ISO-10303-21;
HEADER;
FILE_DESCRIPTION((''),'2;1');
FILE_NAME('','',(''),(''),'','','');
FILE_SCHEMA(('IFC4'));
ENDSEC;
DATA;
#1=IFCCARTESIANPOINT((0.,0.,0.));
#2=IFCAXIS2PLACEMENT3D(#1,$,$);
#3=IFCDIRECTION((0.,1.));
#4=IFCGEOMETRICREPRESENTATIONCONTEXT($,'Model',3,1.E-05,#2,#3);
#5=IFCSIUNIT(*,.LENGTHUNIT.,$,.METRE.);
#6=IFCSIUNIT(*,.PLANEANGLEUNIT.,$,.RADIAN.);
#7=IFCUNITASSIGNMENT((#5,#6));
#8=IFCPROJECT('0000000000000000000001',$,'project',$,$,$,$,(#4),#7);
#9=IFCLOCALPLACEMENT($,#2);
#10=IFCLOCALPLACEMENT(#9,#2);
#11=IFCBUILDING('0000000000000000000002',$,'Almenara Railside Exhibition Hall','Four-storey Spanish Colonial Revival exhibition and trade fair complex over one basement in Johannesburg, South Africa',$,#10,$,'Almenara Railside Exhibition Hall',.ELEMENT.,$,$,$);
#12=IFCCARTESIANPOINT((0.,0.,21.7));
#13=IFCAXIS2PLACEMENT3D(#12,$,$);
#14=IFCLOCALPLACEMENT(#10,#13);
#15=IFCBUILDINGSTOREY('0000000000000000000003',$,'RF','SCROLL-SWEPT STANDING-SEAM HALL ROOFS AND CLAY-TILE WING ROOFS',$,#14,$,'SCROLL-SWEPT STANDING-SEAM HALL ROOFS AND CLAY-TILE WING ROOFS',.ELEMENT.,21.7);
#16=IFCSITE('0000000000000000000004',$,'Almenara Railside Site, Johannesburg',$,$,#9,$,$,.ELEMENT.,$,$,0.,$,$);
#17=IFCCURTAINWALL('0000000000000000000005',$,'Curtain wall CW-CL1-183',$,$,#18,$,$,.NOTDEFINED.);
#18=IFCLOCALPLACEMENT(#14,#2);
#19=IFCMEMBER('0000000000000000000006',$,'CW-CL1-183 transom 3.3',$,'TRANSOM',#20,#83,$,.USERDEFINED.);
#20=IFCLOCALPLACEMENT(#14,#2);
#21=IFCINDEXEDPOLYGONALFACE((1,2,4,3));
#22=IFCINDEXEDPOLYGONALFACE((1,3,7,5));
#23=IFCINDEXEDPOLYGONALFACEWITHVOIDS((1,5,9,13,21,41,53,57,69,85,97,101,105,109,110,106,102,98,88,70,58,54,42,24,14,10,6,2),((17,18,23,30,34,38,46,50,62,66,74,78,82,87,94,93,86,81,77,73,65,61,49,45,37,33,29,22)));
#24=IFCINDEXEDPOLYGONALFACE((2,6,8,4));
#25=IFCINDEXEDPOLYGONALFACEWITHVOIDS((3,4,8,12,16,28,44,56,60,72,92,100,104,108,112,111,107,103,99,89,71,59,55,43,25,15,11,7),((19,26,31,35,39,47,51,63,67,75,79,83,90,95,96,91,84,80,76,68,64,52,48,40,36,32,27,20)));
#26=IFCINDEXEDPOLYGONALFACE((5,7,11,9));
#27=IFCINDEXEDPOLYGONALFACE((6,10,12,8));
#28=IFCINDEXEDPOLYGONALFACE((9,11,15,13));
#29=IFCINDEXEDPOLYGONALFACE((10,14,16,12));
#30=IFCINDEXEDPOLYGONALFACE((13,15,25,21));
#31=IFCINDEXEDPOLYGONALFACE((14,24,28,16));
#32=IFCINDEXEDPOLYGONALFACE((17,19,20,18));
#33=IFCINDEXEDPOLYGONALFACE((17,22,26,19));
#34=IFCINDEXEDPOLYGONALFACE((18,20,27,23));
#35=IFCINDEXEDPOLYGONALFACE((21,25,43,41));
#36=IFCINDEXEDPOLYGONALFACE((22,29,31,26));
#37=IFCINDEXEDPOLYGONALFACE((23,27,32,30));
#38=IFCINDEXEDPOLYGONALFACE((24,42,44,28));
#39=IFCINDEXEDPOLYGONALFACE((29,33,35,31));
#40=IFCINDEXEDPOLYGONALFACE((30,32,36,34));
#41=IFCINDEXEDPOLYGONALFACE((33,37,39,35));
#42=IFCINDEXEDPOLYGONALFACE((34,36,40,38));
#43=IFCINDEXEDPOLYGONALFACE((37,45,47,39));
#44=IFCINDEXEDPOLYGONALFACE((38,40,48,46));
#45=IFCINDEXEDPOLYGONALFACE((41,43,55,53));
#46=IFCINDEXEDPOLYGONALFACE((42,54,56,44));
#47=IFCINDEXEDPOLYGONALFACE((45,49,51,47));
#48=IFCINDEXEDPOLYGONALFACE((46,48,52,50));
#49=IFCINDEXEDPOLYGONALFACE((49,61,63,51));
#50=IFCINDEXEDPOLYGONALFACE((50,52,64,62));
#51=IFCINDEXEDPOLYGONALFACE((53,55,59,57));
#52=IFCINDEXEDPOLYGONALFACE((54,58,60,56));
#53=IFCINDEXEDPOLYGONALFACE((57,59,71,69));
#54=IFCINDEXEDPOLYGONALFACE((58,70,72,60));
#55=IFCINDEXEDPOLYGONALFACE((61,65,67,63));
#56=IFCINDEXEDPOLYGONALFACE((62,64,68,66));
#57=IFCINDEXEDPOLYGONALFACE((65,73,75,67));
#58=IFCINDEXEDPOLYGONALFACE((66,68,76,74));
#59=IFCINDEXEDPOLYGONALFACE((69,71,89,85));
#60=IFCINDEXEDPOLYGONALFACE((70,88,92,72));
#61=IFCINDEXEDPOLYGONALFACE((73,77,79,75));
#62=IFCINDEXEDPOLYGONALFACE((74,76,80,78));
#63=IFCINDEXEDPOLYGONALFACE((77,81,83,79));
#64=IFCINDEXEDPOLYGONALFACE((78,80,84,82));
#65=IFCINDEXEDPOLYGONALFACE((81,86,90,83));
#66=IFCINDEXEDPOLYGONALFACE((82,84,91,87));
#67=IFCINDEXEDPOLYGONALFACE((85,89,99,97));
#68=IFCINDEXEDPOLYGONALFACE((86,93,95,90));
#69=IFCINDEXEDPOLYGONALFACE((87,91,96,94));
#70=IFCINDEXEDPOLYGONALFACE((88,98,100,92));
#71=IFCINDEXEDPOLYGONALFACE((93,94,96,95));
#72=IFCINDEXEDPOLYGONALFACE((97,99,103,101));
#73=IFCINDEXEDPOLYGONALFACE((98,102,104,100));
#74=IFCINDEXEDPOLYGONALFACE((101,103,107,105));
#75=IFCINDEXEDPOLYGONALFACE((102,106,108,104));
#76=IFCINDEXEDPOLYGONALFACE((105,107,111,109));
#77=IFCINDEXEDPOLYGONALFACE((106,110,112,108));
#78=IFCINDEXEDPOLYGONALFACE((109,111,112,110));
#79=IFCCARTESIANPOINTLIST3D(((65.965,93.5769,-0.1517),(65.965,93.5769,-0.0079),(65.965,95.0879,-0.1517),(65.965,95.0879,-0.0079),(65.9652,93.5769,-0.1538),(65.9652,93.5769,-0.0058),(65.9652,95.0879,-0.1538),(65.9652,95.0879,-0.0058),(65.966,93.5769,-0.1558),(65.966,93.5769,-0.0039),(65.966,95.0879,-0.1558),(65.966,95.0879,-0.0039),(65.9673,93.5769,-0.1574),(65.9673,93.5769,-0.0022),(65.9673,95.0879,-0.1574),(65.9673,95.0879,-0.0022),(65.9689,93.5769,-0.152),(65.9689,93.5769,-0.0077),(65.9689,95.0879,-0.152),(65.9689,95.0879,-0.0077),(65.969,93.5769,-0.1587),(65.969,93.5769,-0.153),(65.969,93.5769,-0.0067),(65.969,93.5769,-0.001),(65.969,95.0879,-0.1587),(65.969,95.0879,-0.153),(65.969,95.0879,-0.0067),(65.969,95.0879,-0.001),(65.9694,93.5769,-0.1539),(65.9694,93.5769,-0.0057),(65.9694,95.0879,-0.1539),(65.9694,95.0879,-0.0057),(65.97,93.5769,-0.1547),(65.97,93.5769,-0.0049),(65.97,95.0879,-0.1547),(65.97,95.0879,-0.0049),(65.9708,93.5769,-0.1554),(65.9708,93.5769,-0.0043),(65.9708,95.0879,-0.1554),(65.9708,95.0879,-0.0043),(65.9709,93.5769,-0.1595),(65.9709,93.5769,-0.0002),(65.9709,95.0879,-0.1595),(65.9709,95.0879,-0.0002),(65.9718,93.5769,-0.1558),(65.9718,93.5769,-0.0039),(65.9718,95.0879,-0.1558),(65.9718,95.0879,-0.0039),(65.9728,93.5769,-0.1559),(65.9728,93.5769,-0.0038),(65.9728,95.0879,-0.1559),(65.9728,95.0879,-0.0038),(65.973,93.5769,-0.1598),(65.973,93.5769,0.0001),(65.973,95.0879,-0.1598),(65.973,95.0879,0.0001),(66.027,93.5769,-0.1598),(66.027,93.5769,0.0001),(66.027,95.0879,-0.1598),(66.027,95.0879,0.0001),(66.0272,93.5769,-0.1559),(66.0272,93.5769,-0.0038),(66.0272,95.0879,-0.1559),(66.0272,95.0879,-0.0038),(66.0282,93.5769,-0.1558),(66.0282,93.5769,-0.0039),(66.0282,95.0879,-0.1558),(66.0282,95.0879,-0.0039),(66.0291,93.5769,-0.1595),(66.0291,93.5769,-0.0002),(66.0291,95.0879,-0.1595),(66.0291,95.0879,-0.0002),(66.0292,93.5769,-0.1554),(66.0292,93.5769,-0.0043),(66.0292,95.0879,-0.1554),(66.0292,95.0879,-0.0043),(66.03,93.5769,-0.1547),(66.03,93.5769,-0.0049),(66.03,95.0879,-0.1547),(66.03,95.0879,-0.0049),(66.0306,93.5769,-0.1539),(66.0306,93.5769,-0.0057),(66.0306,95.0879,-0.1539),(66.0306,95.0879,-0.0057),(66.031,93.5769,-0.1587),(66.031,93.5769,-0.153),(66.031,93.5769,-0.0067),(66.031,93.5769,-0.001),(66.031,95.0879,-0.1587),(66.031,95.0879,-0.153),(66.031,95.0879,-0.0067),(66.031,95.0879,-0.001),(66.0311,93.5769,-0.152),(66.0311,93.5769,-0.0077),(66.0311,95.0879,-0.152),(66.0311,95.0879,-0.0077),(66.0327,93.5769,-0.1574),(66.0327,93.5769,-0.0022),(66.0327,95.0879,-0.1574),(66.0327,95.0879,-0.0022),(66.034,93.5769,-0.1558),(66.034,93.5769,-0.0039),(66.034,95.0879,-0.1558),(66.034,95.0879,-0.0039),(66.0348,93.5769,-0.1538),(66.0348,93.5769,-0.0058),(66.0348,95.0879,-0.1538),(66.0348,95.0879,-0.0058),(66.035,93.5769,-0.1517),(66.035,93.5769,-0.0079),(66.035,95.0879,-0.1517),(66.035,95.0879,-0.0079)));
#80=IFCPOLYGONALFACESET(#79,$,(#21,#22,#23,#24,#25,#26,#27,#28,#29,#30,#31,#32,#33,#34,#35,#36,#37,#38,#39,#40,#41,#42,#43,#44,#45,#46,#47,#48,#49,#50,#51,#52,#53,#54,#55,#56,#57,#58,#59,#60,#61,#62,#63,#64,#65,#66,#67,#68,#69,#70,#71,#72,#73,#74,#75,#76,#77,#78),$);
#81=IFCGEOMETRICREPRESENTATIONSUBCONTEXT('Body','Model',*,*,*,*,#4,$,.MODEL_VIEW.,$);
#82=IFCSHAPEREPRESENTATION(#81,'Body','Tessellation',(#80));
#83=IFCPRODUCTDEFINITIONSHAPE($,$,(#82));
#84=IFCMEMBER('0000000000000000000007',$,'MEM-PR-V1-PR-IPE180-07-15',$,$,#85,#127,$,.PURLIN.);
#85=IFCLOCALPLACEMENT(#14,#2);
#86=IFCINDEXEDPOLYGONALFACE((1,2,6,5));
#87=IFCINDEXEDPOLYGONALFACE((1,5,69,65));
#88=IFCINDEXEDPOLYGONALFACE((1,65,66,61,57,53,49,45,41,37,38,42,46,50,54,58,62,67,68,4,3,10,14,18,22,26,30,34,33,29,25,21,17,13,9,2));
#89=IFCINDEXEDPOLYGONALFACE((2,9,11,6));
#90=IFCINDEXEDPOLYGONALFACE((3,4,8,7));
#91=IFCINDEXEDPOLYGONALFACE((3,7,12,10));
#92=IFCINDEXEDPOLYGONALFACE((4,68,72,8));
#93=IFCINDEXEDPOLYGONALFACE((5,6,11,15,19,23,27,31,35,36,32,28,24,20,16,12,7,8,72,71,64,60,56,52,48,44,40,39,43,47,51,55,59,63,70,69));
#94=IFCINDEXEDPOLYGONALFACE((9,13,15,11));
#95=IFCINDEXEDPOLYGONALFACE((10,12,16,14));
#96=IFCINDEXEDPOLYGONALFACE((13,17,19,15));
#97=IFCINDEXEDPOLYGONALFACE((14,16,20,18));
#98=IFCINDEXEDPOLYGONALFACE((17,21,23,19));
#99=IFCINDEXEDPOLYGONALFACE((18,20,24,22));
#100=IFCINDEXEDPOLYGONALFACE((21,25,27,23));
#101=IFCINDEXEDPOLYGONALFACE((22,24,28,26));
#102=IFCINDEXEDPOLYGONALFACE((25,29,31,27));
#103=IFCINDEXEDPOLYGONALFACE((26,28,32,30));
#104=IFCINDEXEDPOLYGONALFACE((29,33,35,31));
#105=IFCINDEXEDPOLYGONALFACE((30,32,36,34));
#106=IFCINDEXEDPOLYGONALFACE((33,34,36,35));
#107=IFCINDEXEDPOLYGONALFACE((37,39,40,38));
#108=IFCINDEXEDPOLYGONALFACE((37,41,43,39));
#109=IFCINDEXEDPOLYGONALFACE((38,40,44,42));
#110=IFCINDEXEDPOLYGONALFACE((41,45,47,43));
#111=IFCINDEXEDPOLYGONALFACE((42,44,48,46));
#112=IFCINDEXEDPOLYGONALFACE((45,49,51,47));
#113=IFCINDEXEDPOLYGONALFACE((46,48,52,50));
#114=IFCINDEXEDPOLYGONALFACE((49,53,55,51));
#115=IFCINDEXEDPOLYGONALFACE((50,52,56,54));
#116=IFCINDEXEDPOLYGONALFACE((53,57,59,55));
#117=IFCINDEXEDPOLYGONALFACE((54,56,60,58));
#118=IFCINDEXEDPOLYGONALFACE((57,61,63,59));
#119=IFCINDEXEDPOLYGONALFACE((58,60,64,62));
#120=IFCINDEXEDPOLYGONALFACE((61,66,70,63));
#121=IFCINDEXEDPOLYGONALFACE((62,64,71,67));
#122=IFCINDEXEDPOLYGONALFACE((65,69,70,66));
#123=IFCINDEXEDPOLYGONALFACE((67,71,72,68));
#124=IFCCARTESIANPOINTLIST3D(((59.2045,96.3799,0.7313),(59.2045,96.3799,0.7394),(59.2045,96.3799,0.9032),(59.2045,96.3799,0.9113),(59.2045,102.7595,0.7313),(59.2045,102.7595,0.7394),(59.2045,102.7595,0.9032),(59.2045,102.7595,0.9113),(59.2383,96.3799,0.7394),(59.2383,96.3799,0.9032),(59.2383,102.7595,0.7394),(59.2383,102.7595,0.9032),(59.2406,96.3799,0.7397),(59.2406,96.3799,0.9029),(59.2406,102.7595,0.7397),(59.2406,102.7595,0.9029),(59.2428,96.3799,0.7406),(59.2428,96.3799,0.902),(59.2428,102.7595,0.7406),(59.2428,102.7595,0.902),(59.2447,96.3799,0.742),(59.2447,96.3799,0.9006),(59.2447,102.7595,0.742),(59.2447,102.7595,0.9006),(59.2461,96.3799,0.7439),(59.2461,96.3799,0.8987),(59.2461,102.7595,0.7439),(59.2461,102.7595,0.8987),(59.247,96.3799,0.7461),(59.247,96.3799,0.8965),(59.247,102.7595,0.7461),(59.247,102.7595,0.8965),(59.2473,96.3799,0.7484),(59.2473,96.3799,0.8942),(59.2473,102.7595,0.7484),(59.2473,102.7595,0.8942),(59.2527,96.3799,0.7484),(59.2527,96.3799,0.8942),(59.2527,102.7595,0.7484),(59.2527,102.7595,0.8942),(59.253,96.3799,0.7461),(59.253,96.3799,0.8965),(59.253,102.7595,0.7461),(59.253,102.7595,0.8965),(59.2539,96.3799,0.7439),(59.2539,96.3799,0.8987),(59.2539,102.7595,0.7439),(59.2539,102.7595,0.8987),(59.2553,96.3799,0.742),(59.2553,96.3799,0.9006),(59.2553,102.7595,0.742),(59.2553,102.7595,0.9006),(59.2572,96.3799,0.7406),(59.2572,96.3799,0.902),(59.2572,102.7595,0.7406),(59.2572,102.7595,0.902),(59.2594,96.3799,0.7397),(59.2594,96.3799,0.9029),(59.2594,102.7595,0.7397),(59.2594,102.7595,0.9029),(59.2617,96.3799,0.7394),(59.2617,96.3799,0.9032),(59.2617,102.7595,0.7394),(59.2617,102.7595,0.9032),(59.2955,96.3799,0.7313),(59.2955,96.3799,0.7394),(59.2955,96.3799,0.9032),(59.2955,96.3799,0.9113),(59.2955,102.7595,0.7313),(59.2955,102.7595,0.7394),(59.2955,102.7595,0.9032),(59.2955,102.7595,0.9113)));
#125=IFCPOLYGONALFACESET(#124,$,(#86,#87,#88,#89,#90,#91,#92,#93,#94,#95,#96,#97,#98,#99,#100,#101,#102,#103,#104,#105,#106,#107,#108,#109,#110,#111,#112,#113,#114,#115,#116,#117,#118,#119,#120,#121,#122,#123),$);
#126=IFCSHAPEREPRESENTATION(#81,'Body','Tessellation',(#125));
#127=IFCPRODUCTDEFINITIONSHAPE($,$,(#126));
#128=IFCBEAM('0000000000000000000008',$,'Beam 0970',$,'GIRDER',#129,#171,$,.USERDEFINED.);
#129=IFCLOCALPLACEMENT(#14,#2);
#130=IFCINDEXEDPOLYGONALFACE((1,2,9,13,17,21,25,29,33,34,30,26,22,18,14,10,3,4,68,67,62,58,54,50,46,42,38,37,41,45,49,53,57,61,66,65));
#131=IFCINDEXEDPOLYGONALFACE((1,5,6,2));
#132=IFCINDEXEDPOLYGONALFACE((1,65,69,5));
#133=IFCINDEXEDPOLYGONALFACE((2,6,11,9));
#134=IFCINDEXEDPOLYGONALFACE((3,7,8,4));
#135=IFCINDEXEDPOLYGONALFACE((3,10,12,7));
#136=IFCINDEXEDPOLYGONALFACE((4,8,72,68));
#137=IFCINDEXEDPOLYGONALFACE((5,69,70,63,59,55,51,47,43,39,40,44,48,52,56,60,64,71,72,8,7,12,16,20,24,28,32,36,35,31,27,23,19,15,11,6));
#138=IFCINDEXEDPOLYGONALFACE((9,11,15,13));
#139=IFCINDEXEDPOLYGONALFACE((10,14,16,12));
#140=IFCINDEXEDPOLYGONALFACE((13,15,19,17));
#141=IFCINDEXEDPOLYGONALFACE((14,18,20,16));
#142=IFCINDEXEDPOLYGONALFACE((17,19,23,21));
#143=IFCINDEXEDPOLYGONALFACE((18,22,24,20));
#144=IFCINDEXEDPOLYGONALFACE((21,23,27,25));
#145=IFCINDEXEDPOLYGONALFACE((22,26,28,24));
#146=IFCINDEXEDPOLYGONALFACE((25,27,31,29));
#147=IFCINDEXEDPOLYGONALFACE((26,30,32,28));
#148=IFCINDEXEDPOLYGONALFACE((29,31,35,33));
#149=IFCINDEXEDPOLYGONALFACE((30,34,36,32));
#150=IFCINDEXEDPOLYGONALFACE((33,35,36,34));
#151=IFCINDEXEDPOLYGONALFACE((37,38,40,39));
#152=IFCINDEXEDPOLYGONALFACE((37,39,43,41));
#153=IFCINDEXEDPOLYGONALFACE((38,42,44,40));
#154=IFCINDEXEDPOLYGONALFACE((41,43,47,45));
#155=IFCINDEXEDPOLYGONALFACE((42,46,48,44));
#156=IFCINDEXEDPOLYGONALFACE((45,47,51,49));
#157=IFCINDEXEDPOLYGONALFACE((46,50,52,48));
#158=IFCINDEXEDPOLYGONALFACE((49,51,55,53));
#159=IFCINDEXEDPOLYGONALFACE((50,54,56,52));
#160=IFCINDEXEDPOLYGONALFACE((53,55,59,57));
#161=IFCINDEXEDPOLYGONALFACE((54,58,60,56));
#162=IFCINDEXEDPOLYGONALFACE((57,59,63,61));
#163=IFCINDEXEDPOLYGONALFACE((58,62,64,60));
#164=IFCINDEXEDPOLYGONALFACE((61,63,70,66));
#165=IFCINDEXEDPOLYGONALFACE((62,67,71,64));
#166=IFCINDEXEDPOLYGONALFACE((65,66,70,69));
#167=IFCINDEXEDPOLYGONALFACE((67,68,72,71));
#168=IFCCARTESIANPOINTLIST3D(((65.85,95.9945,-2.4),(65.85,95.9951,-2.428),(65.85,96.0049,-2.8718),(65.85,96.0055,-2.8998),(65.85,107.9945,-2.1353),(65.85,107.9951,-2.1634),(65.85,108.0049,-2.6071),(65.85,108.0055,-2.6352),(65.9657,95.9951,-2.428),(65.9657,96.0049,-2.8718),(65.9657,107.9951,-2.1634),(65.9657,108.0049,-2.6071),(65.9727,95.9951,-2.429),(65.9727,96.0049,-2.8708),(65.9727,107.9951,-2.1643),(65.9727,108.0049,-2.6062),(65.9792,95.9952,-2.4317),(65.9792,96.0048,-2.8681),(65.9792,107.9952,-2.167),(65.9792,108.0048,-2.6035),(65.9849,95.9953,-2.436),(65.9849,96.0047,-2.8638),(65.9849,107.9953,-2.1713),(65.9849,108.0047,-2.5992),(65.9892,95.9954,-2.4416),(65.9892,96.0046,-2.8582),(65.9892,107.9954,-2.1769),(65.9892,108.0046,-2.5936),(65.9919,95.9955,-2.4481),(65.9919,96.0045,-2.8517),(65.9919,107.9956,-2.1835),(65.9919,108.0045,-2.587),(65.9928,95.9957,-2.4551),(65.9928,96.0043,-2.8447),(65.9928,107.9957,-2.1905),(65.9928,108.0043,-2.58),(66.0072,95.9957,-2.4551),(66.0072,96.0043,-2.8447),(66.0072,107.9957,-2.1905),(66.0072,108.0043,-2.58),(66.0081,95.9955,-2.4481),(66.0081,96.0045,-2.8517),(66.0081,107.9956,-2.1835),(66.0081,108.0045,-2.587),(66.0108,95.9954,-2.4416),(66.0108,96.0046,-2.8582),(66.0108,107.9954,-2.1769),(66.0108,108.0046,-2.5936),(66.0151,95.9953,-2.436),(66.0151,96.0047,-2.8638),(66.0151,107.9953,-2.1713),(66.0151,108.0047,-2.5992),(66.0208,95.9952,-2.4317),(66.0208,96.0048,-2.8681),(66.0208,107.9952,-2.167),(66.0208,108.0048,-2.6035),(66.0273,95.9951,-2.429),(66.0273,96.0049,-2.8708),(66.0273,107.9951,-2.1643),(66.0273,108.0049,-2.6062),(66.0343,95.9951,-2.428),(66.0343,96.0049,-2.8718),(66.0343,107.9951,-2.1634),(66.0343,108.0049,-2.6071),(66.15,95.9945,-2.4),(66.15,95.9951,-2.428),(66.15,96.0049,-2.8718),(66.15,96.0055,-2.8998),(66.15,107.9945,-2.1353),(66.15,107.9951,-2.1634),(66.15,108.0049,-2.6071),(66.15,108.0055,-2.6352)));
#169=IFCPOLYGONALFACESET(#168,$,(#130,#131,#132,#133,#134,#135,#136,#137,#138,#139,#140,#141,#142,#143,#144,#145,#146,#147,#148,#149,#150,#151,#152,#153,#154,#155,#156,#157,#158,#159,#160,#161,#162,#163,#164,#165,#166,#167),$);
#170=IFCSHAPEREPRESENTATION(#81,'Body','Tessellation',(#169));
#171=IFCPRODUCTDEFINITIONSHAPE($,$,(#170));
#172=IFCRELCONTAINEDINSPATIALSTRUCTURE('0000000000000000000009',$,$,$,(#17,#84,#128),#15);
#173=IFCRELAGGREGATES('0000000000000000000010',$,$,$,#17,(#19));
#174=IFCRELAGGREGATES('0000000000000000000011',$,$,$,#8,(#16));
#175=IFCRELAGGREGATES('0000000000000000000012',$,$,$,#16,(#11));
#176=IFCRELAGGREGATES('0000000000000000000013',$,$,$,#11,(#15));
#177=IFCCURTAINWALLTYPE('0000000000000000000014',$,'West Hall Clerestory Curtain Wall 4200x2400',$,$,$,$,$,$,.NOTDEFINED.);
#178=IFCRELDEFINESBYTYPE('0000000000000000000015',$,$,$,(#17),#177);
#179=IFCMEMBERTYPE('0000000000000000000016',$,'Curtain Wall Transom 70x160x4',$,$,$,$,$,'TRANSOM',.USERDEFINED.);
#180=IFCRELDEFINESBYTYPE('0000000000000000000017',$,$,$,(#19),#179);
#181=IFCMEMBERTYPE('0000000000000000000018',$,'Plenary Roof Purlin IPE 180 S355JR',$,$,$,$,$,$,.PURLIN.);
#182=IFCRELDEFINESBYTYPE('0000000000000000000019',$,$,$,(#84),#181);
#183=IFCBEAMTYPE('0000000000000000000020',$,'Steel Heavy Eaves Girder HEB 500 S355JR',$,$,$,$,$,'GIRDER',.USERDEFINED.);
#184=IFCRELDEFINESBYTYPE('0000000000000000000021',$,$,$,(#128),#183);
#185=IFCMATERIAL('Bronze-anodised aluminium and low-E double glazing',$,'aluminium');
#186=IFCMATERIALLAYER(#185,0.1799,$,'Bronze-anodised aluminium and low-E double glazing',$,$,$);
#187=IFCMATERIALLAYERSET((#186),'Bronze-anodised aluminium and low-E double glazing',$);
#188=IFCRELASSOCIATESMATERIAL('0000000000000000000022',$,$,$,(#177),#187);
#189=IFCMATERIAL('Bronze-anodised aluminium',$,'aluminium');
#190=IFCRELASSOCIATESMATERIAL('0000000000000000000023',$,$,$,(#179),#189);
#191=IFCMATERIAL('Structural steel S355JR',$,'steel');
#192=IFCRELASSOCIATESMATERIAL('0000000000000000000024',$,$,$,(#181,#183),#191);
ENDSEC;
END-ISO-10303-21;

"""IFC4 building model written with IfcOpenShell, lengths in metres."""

from ifc_helpers import new_model, si_unit, direction, frame, origin, origin_2d, place, context, subcontext, project, spatial, hollow_rectangle, i_section, extrude, material, layer, layer_set, material_profile, profile_set, type_object, element, aggregate, save


model = new_model("IFC4")

# Units and contexts
model_context = context("Model", 3, precision=1e-05, world=origin(), true_north=direction((0.0, 1.0)))
body_context = subcontext(model_context, "Body", "Model", "MODEL_VIEW")
ifc_project = project(units=[si_unit("LENGTHUNIT", "METRE"), si_unit("PLANEANGLEUNIT", "RADIAN")], contexts=[model_context])

# Site, building, storey
site_placement = place(None, origin())
site = spatial("IfcSite", under=ifc_project, at=site_placement, Name="Almenara Railside Site, Johannesburg", CompositionType="ELEMENT", RefElevation=0.0)
building_placement = place(site_placement, origin())
building = spatial("IfcBuilding", under=site, at=building_placement, Name="Almenara Railside Exhibition Hall", Description="Four-storey Spanish Colonial Revival exhibition and trade fair complex over one basement in Johannesburg, South Africa", LongName="Almenara Railside Exhibition Hall", CompositionType="ELEMENT")
storey_placement = place(building_placement, frame((0.0, 0.0, 21.7)))
storey = spatial("IfcBuildingStorey", under=building, at=storey_placement, Name="RF", Description="SCROLL-SWEPT STANDING-SEAM HALL ROOFS AND CLAY-TILE WING ROOFS", LongName="SCROLL-SWEPT STANDING-SEAM HALL ROOFS AND CLAY-TILE WING ROOFS", CompositionType="ELEMENT", Elevation=21.7)

# Shared definitions
ifc_material_1 = material(Name="Structural steel S355JR", Category="steel")

# Curtain wall
ifc_material_2 = material(Name="Bronze-anodised aluminium and low-E double glazing", Category="aluminium")
ifc_layer_1 = layer(ifc_material_2, 0.1799, Name="Bronze-anodised aluminium and low-E double glazing")
ifc_layer_set_1 = layer_set([ifc_layer_1], Name="Bronze-anodised aluminium and low-E double glazing")
curtain_wall_type = type_object("IfcCurtainWallType", Name="West Hall Clerestory Curtain Wall 4200x2400", PredefinedType="NOTDEFINED", material=ifc_layer_set_1)
ifc_material_3 = material(Name="Bronze-anodised aluminium", Category="aluminium")
curtain_wall_1_placement = place(storey_placement, origin())
curtain_wall_1 = element("IfcCurtainWall", 1, at=curtain_wall_1_placement, inside=storey, type_object=curtain_wall_type, Name="Curtain wall CW-CL1-183", PredefinedType="NOTDEFINED")

# Members
ifc_material_profile_1 = material_profile(ifc_material_3, hollow_rectangle(XDim=0.0701, YDim=0.1599, WallThickness=0.0039, InnerFilletRadius=0.0039, OuterFilletRadius=0.0081, at=origin_2d()), Name="ALU-TRN 70x160x4")
ifc_profile_set_1 = profile_set([ifc_material_profile_1], Name="Bronze-anodised aluminium")
member_type_1 = type_object("IfcMemberType", Name="Curtain Wall Transom 70x160x4", ElementType="TRANSOM", PredefinedType="USERDEFINED", material=ifc_profile_set_1)
member_1_placement = place(storey_placement, frame((66.0, 93.5769, -0.0798), z_axis=(0.0, 1.0, 0.0), x_axis=(-1.0, 0.0, 0.0)))
member_1 = element("IfcMember", 2, at=member_1_placement, type_object=member_type_1, Name="CW-CL1-183 transom 3.3", ObjectType="TRANSOM", PredefinedType="USERDEFINED", context=body_context, shape_type="SweptSolid", body=[
    extrude(hollow_rectangle(XDim=0.0701, YDim=0.1599, WallThickness=0.0039, InnerFilletRadius=0.0039, OuterFilletRadius=0.0081, at=origin_2d()), origin(), (0.0, 0.0, 1.0), 1.511),
])
ifc_material_profile_2 = material_profile(ifc_material_1, i_section(OverallWidth=0.0911, OverallDepth=0.1799, WebThickness=0.0054, FlangeThickness=0.0081, FilletRadius=0.009, at=origin_2d()), Name="IPE 180")
ifc_profile_set_2 = profile_set([ifc_material_profile_2], Name="Structural steel S355JR")
member_type_2 = type_object("IfcMemberType", Name="Plenary Roof Purlin IPE 180 S355JR", PredefinedType="PURLIN", material=ifc_profile_set_2)
member_2_placement = place(storey_placement, frame((59.25, 96.3799, 0.8213), z_axis=(0.0, 1.0, 0.0), x_axis=(-1.0, 0.0, 0.0)))
element("IfcMember", 3, at=member_2_placement, inside=storey, type_object=member_type_2, Name="MEM-PR-V1-PR-IPE180-07-15", PredefinedType="PURLIN", context=body_context, shape_type="SweptSolid", body=[
    extrude(i_section(OverallWidth=0.0911, OverallDepth=0.1799, WebThickness=0.0054, FlangeThickness=0.0081, FilletRadius=0.009, at=origin_2d()), origin(), (0.0, 0.0, 1.0), 6.3796),
])

# Beam
ifc_material_profile_3 = material_profile(ifc_material_1, i_section(OverallWidth=0.3, OverallDepth=0.5, WebThickness=0.0144, FlangeThickness=0.0281, FilletRadius=0.0271, at=origin_2d()), Name="HEB 500")
ifc_profile_set_3 = profile_set([ifc_material_profile_3], Name="Structural steel S355JR")
beam_type = type_object("IfcBeamType", Name="Steel Heavy Eaves Girder HEB 500 S355JR", ElementType="GIRDER", PredefinedType="USERDEFINED", material=ifc_profile_set_3)
beam_placement = place(storey_placement, frame((66.0, 96.0, -2.6499), z_axis=(0.0, 0.999757, 0.022049), x_axis=(-1.0, 0.0, 0.0)))
element("IfcBeam", 4, at=beam_placement, inside=storey, type_object=beam_type, Name="Beam 0970", ObjectType="GIRDER", PredefinedType="USERDEFINED", context=body_context, shape_type="SweptSolid", body=[
    extrude(i_section(OverallWidth=0.3, OverallDepth=0.5, WebThickness=0.0144, FlangeThickness=0.0281, FilletRadius=0.0271, at=origin_2d()), origin(), (0.0, 0.0, 1.0), 12.0029),
])

aggregate(curtain_wall_1, [member_1])

save(model, "model.ifc")
